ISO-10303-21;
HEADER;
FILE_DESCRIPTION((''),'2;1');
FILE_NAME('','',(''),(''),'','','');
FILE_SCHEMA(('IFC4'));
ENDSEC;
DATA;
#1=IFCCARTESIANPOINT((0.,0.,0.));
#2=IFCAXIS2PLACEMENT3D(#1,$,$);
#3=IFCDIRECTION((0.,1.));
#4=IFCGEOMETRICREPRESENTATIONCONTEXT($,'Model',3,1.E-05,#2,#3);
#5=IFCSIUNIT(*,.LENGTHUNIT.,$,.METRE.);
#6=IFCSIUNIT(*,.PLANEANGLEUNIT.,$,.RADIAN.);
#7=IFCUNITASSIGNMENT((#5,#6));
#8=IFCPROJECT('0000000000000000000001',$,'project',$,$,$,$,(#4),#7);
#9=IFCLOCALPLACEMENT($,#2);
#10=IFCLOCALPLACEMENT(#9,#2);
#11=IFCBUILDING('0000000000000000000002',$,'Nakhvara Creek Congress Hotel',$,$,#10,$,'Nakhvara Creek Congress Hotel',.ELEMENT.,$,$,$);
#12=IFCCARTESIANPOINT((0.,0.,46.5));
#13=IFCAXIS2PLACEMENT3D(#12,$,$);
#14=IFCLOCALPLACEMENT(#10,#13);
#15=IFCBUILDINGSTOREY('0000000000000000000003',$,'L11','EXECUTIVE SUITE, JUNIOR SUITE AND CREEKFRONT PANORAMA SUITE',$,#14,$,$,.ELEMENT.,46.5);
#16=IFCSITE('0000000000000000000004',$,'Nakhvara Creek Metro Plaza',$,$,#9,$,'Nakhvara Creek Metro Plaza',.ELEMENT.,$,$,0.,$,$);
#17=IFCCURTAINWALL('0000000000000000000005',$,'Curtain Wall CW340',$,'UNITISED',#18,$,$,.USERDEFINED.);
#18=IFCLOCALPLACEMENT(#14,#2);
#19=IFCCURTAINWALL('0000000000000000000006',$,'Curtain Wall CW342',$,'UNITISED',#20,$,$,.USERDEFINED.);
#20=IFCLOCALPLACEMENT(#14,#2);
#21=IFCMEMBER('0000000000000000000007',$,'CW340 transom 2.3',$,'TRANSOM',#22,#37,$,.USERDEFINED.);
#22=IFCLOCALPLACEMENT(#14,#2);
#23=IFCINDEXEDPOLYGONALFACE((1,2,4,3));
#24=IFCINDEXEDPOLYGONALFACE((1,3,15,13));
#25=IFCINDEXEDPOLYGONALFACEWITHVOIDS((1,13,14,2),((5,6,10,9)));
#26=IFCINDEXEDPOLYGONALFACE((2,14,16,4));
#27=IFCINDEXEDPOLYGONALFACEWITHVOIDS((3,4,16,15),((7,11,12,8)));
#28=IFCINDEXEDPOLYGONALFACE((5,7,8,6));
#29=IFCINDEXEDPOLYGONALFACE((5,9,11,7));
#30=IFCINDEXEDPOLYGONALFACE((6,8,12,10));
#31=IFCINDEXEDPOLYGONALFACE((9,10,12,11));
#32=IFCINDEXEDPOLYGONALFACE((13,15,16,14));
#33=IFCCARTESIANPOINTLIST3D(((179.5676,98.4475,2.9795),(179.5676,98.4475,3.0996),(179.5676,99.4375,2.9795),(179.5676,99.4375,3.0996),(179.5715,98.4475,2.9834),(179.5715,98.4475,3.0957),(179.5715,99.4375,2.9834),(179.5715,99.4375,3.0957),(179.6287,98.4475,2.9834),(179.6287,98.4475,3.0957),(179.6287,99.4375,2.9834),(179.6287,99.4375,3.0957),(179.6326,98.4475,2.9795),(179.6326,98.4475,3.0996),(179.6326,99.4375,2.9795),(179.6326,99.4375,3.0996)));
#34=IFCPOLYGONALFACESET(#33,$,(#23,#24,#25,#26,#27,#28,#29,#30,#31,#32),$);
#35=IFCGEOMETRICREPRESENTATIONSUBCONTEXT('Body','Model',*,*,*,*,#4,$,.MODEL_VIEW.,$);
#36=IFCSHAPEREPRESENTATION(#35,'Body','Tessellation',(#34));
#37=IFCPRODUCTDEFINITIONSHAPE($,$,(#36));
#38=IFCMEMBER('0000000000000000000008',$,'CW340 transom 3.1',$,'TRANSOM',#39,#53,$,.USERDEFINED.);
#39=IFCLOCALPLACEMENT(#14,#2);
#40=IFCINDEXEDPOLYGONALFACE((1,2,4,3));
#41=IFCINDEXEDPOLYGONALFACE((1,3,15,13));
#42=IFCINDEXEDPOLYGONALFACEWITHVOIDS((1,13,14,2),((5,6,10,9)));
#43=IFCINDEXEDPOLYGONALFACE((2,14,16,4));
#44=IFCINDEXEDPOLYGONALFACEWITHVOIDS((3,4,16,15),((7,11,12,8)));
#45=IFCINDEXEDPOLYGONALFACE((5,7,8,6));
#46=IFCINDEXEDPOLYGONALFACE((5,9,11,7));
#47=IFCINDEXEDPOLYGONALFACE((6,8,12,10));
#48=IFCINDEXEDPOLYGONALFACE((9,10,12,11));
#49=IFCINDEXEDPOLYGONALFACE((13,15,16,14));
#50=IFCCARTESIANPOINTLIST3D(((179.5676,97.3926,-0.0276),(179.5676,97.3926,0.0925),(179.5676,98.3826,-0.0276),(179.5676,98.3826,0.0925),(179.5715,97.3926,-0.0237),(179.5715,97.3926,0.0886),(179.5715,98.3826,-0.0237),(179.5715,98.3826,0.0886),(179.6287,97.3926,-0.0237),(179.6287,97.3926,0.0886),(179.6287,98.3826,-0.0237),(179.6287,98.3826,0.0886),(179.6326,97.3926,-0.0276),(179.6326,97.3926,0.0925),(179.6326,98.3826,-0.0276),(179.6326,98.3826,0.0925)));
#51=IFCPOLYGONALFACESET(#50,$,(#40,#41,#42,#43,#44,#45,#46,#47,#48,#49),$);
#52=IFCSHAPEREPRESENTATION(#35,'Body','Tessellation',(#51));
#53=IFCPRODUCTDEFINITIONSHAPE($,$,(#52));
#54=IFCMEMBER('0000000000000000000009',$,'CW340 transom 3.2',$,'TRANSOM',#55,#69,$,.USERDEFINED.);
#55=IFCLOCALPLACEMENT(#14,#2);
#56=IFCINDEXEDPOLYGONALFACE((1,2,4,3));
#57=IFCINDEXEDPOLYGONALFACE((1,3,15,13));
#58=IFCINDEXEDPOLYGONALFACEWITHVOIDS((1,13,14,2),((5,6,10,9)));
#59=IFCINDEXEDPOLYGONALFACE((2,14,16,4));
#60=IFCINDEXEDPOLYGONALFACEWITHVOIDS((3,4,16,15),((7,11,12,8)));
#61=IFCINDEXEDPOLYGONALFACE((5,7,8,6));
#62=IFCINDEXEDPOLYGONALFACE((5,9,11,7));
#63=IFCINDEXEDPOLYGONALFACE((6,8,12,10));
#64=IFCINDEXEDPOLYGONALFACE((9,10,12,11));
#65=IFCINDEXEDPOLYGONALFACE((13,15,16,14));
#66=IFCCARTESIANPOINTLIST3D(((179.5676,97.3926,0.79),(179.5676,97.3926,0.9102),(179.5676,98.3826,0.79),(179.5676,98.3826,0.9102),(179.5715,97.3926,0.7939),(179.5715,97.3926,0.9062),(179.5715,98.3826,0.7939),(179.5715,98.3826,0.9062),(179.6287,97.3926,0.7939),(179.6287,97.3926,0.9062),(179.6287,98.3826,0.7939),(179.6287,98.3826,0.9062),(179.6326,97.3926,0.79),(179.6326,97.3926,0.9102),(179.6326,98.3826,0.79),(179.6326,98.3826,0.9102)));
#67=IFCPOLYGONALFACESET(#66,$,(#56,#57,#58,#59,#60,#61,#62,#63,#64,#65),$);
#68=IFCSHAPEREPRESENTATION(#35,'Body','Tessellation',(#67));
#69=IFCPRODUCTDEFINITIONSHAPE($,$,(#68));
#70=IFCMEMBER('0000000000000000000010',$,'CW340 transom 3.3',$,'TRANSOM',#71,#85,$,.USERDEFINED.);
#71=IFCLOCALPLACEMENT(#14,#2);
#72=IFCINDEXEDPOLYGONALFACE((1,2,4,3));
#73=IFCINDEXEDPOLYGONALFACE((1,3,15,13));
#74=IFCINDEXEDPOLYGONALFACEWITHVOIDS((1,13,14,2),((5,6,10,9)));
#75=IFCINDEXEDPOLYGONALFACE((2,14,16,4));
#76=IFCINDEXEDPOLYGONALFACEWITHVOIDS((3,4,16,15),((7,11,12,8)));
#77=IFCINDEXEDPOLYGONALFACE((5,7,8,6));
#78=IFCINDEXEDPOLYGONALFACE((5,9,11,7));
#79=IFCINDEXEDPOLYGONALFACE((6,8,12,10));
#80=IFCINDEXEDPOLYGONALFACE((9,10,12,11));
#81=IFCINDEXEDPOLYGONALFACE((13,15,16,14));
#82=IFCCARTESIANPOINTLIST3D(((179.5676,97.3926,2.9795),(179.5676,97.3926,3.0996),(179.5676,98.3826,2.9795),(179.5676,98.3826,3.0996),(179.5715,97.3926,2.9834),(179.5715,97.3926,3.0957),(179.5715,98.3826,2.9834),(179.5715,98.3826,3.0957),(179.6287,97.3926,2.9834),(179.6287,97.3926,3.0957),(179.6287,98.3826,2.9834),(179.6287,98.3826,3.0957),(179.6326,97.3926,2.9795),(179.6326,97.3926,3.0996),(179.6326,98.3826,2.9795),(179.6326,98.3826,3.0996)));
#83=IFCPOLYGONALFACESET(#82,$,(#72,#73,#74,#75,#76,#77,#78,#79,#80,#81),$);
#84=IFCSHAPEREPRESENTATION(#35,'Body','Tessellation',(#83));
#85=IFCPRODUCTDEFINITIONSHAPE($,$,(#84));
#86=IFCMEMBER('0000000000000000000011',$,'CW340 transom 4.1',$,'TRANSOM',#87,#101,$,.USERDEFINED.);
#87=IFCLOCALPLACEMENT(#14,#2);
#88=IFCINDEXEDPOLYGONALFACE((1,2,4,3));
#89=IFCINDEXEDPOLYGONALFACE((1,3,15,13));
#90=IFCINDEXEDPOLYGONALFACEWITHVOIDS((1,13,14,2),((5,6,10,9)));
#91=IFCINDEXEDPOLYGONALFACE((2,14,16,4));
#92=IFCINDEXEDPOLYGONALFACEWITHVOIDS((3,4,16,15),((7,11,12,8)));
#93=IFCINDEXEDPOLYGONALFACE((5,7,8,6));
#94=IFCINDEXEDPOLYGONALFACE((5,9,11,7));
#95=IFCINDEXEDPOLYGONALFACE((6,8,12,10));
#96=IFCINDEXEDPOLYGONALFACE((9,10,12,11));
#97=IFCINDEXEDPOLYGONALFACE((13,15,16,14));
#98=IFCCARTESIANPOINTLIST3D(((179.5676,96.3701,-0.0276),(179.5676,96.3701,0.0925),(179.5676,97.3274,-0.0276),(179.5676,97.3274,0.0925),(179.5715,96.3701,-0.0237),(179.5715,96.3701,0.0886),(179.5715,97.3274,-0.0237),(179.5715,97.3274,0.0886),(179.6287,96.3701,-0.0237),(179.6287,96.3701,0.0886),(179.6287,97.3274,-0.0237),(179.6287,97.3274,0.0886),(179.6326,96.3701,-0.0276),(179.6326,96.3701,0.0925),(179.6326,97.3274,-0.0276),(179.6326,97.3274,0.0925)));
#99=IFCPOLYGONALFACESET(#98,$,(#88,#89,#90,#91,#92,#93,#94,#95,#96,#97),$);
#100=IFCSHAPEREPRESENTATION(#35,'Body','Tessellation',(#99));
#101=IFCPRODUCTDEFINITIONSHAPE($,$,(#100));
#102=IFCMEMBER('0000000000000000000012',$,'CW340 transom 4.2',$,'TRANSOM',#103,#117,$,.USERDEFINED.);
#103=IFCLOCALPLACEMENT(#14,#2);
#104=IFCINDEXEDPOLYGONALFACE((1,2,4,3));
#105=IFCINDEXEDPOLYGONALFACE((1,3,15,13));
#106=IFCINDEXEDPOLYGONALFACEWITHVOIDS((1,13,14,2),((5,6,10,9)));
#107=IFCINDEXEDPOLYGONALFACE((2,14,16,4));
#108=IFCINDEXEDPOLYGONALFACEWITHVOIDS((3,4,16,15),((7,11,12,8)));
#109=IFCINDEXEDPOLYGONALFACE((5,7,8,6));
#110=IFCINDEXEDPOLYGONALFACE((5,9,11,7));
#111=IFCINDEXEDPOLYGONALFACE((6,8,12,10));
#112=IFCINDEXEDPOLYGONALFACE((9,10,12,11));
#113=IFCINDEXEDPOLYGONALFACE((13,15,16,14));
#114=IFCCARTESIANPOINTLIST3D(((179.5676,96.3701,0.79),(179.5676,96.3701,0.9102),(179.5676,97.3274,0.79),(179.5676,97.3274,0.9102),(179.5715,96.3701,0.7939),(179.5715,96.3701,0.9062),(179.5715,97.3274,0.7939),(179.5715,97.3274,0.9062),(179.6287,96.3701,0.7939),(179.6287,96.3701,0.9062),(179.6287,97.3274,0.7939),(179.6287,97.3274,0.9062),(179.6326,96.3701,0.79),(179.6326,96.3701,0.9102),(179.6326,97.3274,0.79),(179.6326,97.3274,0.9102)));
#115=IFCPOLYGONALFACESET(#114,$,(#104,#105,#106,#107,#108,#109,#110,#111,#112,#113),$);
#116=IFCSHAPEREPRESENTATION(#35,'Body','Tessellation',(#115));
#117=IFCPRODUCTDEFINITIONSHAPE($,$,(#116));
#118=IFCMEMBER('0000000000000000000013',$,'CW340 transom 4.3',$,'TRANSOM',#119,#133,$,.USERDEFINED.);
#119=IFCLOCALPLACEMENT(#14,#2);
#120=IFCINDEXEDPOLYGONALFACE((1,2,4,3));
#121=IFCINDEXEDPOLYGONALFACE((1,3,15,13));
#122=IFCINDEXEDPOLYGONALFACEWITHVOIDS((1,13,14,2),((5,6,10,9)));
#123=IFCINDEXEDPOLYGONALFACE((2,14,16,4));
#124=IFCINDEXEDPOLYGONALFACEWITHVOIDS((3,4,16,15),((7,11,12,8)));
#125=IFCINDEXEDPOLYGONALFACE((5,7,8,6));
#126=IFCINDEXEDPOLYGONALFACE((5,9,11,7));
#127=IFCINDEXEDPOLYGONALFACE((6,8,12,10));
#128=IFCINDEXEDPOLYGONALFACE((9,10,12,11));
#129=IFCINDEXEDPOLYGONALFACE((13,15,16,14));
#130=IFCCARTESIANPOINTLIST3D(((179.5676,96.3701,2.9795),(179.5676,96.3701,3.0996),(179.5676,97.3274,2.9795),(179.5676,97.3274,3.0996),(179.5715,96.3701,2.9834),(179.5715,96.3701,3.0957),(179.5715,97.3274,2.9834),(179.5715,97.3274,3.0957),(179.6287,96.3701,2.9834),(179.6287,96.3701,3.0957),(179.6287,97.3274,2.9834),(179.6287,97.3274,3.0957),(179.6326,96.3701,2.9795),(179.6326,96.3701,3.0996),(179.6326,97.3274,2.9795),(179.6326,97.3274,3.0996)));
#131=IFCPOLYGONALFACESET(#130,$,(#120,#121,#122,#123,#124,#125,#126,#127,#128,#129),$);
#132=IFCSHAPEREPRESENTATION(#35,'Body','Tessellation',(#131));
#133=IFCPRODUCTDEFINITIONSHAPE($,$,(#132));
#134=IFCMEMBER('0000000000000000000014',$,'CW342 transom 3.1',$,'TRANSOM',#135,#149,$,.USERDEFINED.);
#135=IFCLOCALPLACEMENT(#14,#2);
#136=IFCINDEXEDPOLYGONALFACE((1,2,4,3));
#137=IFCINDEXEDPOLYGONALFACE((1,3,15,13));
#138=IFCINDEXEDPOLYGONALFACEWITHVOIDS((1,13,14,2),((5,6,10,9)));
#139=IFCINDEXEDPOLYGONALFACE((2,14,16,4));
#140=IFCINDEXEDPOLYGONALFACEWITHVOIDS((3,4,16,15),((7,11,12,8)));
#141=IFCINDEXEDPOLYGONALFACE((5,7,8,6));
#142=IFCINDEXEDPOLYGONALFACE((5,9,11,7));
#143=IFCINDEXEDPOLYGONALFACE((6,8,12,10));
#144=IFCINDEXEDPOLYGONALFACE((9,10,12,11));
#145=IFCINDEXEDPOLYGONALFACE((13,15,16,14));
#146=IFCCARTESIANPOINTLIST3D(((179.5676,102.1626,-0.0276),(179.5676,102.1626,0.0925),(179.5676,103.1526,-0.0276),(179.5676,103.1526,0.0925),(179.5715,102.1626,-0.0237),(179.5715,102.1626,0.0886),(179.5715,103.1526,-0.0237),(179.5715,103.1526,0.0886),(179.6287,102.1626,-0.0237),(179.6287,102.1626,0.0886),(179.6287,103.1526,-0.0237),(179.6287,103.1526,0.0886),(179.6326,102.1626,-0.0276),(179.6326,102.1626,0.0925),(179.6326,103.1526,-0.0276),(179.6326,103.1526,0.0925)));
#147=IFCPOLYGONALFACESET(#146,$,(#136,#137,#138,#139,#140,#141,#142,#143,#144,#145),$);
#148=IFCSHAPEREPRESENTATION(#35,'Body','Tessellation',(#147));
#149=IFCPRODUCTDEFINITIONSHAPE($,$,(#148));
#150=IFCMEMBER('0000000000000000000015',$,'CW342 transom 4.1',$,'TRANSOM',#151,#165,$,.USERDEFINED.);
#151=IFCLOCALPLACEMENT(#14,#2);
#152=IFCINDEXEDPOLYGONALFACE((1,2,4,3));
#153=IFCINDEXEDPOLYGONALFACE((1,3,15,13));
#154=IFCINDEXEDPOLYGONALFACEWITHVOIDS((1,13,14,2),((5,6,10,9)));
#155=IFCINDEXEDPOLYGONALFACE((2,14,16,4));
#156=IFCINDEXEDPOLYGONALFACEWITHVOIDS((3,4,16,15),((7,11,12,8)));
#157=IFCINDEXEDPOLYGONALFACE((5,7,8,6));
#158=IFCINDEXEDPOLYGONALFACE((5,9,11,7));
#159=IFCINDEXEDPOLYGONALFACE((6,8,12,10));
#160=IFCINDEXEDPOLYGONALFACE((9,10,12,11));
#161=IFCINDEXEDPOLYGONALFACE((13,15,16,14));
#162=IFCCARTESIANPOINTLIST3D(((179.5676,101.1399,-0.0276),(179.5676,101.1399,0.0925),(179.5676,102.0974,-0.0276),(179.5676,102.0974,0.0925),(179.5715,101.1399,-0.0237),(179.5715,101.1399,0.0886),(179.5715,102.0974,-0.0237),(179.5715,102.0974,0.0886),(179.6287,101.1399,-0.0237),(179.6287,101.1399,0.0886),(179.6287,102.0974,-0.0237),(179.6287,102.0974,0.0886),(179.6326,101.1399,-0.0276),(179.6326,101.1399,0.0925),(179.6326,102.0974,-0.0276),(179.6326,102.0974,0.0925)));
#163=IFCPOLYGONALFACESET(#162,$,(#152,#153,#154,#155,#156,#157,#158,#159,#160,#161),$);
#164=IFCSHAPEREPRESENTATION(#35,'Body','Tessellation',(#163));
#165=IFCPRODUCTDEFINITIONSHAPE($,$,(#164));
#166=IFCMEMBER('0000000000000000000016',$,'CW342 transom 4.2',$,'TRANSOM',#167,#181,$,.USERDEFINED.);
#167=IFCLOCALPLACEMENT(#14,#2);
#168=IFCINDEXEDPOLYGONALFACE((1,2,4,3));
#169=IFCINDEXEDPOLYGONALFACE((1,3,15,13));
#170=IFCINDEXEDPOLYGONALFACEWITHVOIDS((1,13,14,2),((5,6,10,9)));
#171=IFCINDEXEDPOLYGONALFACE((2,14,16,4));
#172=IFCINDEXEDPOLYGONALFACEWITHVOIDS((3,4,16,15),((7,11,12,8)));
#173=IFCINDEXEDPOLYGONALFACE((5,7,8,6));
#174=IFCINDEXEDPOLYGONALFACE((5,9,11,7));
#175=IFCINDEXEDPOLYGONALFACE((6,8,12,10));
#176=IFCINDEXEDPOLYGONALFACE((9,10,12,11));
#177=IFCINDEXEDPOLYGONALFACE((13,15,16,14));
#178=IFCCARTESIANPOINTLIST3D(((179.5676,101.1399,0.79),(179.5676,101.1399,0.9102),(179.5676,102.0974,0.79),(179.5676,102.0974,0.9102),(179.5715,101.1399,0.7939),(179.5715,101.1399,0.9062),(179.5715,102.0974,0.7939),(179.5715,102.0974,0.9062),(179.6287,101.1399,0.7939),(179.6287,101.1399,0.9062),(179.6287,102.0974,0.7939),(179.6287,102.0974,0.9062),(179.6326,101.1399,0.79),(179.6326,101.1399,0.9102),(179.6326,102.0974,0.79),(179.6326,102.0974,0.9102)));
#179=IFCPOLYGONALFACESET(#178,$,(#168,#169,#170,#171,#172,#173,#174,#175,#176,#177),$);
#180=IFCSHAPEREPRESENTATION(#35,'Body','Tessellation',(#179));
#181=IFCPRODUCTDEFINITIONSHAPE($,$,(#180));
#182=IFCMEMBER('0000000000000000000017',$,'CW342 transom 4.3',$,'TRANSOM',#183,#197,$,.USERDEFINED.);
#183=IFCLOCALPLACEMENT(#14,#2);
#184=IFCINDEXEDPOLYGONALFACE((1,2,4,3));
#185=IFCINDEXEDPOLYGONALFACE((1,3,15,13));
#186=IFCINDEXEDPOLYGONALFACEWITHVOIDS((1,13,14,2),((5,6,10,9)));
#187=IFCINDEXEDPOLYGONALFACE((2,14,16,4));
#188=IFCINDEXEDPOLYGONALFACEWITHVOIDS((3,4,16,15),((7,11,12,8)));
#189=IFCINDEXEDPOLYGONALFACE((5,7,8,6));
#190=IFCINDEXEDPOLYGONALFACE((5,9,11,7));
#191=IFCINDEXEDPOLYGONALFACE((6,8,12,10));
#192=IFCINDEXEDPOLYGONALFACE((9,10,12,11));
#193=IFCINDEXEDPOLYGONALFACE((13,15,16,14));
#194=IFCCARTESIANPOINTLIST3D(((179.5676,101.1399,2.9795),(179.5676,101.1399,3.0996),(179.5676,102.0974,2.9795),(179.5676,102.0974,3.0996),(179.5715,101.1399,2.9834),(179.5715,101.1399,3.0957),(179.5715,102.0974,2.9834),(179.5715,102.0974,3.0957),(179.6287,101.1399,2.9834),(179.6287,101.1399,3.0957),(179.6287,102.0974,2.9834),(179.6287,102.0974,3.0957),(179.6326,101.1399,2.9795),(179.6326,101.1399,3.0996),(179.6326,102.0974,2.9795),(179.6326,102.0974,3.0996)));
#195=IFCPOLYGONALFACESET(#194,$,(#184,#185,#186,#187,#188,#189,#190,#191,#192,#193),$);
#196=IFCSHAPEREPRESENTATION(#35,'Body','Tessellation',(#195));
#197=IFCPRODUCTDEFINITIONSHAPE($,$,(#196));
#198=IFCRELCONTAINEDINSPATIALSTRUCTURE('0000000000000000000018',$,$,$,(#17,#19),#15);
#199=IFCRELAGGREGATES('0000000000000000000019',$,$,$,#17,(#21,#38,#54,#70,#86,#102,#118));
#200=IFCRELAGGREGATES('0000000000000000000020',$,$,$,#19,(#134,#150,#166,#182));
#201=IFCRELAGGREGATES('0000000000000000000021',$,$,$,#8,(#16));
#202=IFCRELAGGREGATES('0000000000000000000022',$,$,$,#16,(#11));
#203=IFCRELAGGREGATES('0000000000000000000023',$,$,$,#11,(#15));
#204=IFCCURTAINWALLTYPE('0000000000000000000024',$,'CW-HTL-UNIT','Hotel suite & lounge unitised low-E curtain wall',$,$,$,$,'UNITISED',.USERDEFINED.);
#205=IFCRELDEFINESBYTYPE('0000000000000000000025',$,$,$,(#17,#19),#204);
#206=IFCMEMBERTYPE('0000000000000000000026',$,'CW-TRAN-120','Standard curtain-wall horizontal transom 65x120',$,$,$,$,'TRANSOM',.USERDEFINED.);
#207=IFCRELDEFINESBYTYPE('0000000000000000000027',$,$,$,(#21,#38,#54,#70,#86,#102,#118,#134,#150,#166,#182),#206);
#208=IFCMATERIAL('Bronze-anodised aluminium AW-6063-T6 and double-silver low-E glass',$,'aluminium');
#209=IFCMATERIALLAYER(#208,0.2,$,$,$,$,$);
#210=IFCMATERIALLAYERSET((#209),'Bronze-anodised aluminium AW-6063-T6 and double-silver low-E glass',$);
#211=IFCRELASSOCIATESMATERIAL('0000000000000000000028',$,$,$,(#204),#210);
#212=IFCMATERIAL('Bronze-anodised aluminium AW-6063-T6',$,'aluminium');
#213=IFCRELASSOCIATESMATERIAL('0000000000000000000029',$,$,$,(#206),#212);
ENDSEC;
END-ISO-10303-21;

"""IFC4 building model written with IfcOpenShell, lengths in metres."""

from ifc_helpers import new_model, si_unit, direction, frame, origin, origin_2d, place, context, subcontext, project, spatial, hollow_rectangle, extrude, material, layer, layer_set, material_profile, profile_set, type_object, element, aggregate, save


model = new_model("IFC4")

# Units and contexts
model_context = context("Model", 3, precision=1e-05, world=origin(), true_north=direction((0.0, 1.0)))
body_context = subcontext(model_context, "Body", "Model", "MODEL_VIEW")
ifc_project = project(units=[si_unit("LENGTHUNIT", "METRE"), si_unit("PLANEANGLEUNIT", "RADIAN")], contexts=[model_context])

# Site, building, storey
site_placement = place(None, origin())
site = spatial("IfcSite", under=ifc_project, at=site_placement, Name="Nakhvara Creek Metro Plaza", LongName="Nakhvara Creek Metro Plaza", CompositionType="ELEMENT", RefElevation=0.0)
building_placement = place(site_placement, origin())
building = spatial("IfcBuilding", under=site, at=building_placement, Name="Nakhvara Creek Congress Hotel", LongName="Nakhvara Creek Congress Hotel", CompositionType="ELEMENT")
storey_placement = place(building_placement, frame((0.0, 0.0, 46.5)))
storey = spatial("IfcBuildingStorey", under=building, at=storey_placement, Name="L11", Description="EXECUTIVE SUITE, JUNIOR SUITE AND CREEKFRONT PANORAMA SUITE", CompositionType="ELEMENT", Elevation=46.5)

# Curtain walls
ifc_material_1 = material(Name="Bronze-anodised aluminium AW-6063-T6 and double-silver low-E glass", Category="aluminium")
ifc_layer = layer(ifc_material_1, 0.2)
ifc_layer_set = layer_set([ifc_layer], Name="Bronze-anodised aluminium AW-6063-T6 and double-silver low-E glass")
curtain_wall_type = type_object("IfcCurtainWallType", Name="CW-HTL-UNIT", Description="Hotel suite & lounge unitised low-E curtain wall", ElementType="UNITISED", PredefinedType="USERDEFINED", material=ifc_layer_set)
curtain_wall_1_placement = place(storey_placement, origin())
curtain_wall_1 = element("IfcCurtainWall", 1, at=curtain_wall_1_placement, inside=storey, type_object=curtain_wall_type, Name="Curtain Wall CW340", ObjectType="UNITISED", PredefinedType="USERDEFINED")
ifc_material_2 = material(Name="Bronze-anodised aluminium AW-6063-T6", Category="aluminium")
curtain_wall_2_placement = place(storey_placement, origin())
curtain_wall_2 = element("IfcCurtainWall", 2, at=curtain_wall_2_placement, inside=storey, type_object=curtain_wall_type, Name="Curtain Wall CW342", ObjectType="UNITISED", PredefinedType="USERDEFINED")

# Members
ifc_material_profile_1 = material_profile(ifc_material_2, hollow_rectangle(XDim=0.0649, YDim=0.1201, WallThickness=0.0039, at=origin_2d()), Name="ALU-TRAN 65x120x4", Category="LoadBearing")
ifc_profile_set_1 = profile_set([ifc_material_profile_1], Name="Bronze-anodised aluminium AW-6063-T6")
member_type_1 = type_object("IfcMemberType", Name="CW-TRAN-120", Description="Standard curtain-wall horizontal transom 65x120", ElementType="TRANSOM", PredefinedType="USERDEFINED", material=ifc_profile_set_1)
member_1_placement = place(storey_placement, frame((179.6001, 99.4375, 3.0396), z_axis=(0.0, -1.0, 0.0), x_axis=(1.0, 0.0, 0.0)))
member_1 = element("IfcMember", 3, at=member_1_placement, type_object=member_type_1, Name="CW340 transom 2.3", ObjectType="TRANSOM", PredefinedType="USERDEFINED", context=body_context, shape_type="SweptSolid", body=[
    extrude(hollow_rectangle(XDim=0.0649, YDim=0.1201, WallThickness=0.0039, at=origin_2d()), origin(), (0.0, 0.0, 1.0), 0.99),
])
member_2_placement = place(storey_placement, frame((179.6001, 98.3826, 0.0325), z_axis=(0.0, -1.0, 0.0), x_axis=(1.0, 0.0, 0.0)))
member_2 = element("IfcMember", 4, at=member_2_placement, type_object=member_type_1, Name="CW340 transom 3.1", ObjectType="TRANSOM", PredefinedType="USERDEFINED", context=body_context, shape_type="SweptSolid", body=[
    extrude(hollow_rectangle(XDim=0.0649, YDim=0.1201, WallThickness=0.0039, at=origin_2d()), origin(), (0.0, 0.0, 1.0), 0.99),
])
member_3_placement = place(storey_placement, frame((179.6001, 98.3826, 0.8501), z_axis=(0.0, -1.0, 0.0), x_axis=(1.0, 0.0, 0.0)))
member_3 = element("IfcMember", 5, at=member_3_placement, type_object=member_type_1, Name="CW340 transom 3.2", ObjectType="TRANSOM", PredefinedType="USERDEFINED", context=body_context, shape_type="SweptSolid", body=[
    extrude(hollow_rectangle(XDim=0.0649, YDim=0.1201, WallThickness=0.0039, at=origin_2d()), origin(), (0.0, 0.0, 1.0), 0.99),
])
member_4_placement = place(storey_placement, frame((179.6001, 98.3826, 3.0396), z_axis=(0.0, -1.0, 0.0), x_axis=(1.0, 0.0, 0.0)))
member_4 = element("IfcMember", 6, at=member_4_placement, type_object=member_type_1, Name="CW340 transom 3.3", ObjectType="TRANSOM", PredefinedType="USERDEFINED", context=body_context, shape_type="SweptSolid", body=[
    extrude(hollow_rectangle(XDim=0.0649, YDim=0.1201, WallThickness=0.0039, at=origin_2d()), origin(), (0.0, 0.0, 1.0), 0.99),
])
member_5_placement = place(storey_placement, frame((179.6001, 97.3274, 0.0325), z_axis=(0.0, -1.0, 0.0), x_axis=(1.0, 0.0, 0.0)))
member_5 = element("IfcMember", 7, at=member_5_placement, type_object=member_type_1, Name="CW340 transom 4.1", ObjectType="TRANSOM", PredefinedType="USERDEFINED", context=body_context, shape_type="SweptSolid", body=[
    extrude(hollow_rectangle(XDim=0.0649, YDim=0.1201, WallThickness=0.0039, at=origin_2d()), origin(), (0.0, 0.0, 1.0), 0.9573),
])
member_6_placement = place(storey_placement, frame((179.6001, 97.3274, 0.8501), z_axis=(0.0, -1.0, 0.0), x_axis=(1.0, 0.0, 0.0)))
member_6 = element("IfcMember", 8, at=member_6_placement, type_object=member_type_1, Name="CW340 transom 4.2", ObjectType="TRANSOM", PredefinedType="USERDEFINED", context=body_context, shape_type="SweptSolid", body=[
    extrude(hollow_rectangle(XDim=0.0649, YDim=0.1201, WallThickness=0.0039, at=origin_2d()), origin(), (0.0, 0.0, 1.0), 0.9573),
])
member_7_placement = place(storey_placement, frame((179.6001, 97.3274, 3.0396), z_axis=(0.0, -1.0, 0.0), x_axis=(1.0, 0.0, 0.0)))
member_7 = element("IfcMember", 9, at=member_7_placement, type_object=member_type_1, Name="CW340 transom 4.3", ObjectType="TRANSOM", PredefinedType="USERDEFINED", context=body_context, shape_type="SweptSolid", body=[
    extrude(hollow_rectangle(XDim=0.0649, YDim=0.1201, WallThickness=0.0039, at=origin_2d()), origin(), (0.0, 0.0, 1.0), 0.9573),
])
member_8_placement = place(storey_placement, frame((179.6001, 103.1526, 0.0325), z_axis=(0.0, -1.0, 0.0), x_axis=(1.0, 0.0, 0.0)))
member_8 = element("IfcMember", 10, at=member_8_placement, type_object=member_type_1, Name="CW342 transom 3.1", ObjectType="TRANSOM", PredefinedType="USERDEFINED", context=body_context, shape_type="SweptSolid", body=[
    extrude(hollow_rectangle(XDim=0.0649, YDim=0.1201, WallThickness=0.0039, at=origin_2d()), origin(), (0.0, 0.0, 1.0), 0.99),
])
member_9_placement = place(storey_placement, frame((179.6001, 102.0974, 0.0325), z_axis=(0.0, -1.0, 0.0), x_axis=(1.0, 0.0, 0.0)))
member_9 = element("IfcMember", 11, at=member_9_placement, type_object=member_type_1, Name="CW342 transom 4.1", ObjectType="TRANSOM", PredefinedType="USERDEFINED", context=body_context, shape_type="SweptSolid", body=[
    extrude(hollow_rectangle(XDim=0.0649, YDim=0.1201, WallThickness=0.0039, at=origin_2d()), origin(), (0.0, 0.0, 1.0), 0.9575),
])
member_10_placement = place(storey_placement, frame((179.6001, 102.0974, 0.8501), z_axis=(0.0, -1.0, 0.0), x_axis=(1.0, 0.0, 0.0)))
member_10 = element("IfcMember", 12, at=member_10_placement, type_object=member_type_1, Name="CW342 transom 4.2", ObjectType="TRANSOM", PredefinedType="USERDEFINED", context=body_context, shape_type="SweptSolid", body=[
    extrude(hollow_rectangle(XDim=0.0649, YDim=0.1201, WallThickness=0.0039, at=origin_2d()), origin(), (0.0, 0.0, 1.0), 0.9575),
])
member_11_placement = place(storey_placement, frame((179.6001, 102.0974, 3.0396), z_axis=(0.0, -1.0, 0.0), x_axis=(1.0, 0.0, 0.0)))
member_11 = element("IfcMember", 13, at=member_11_placement, type_object=member_type_1, Name="CW342 transom 4.3", ObjectType="TRANSOM", PredefinedType="USERDEFINED", context=body_context, shape_type="SweptSolid", body=[
    extrude(hollow_rectangle(XDim=0.0649, YDim=0.1201, WallThickness=0.0039, at=origin_2d()), origin(), (0.0, 0.0, 1.0), 0.9575),
])

aggregate(curtain_wall_1, [member_1, member_2, member_3, member_4, member_5, member_6, member_7])
aggregate(curtain_wall_2, [member_8, member_9, member_10, member_11])

save(model, "model.ifc")
